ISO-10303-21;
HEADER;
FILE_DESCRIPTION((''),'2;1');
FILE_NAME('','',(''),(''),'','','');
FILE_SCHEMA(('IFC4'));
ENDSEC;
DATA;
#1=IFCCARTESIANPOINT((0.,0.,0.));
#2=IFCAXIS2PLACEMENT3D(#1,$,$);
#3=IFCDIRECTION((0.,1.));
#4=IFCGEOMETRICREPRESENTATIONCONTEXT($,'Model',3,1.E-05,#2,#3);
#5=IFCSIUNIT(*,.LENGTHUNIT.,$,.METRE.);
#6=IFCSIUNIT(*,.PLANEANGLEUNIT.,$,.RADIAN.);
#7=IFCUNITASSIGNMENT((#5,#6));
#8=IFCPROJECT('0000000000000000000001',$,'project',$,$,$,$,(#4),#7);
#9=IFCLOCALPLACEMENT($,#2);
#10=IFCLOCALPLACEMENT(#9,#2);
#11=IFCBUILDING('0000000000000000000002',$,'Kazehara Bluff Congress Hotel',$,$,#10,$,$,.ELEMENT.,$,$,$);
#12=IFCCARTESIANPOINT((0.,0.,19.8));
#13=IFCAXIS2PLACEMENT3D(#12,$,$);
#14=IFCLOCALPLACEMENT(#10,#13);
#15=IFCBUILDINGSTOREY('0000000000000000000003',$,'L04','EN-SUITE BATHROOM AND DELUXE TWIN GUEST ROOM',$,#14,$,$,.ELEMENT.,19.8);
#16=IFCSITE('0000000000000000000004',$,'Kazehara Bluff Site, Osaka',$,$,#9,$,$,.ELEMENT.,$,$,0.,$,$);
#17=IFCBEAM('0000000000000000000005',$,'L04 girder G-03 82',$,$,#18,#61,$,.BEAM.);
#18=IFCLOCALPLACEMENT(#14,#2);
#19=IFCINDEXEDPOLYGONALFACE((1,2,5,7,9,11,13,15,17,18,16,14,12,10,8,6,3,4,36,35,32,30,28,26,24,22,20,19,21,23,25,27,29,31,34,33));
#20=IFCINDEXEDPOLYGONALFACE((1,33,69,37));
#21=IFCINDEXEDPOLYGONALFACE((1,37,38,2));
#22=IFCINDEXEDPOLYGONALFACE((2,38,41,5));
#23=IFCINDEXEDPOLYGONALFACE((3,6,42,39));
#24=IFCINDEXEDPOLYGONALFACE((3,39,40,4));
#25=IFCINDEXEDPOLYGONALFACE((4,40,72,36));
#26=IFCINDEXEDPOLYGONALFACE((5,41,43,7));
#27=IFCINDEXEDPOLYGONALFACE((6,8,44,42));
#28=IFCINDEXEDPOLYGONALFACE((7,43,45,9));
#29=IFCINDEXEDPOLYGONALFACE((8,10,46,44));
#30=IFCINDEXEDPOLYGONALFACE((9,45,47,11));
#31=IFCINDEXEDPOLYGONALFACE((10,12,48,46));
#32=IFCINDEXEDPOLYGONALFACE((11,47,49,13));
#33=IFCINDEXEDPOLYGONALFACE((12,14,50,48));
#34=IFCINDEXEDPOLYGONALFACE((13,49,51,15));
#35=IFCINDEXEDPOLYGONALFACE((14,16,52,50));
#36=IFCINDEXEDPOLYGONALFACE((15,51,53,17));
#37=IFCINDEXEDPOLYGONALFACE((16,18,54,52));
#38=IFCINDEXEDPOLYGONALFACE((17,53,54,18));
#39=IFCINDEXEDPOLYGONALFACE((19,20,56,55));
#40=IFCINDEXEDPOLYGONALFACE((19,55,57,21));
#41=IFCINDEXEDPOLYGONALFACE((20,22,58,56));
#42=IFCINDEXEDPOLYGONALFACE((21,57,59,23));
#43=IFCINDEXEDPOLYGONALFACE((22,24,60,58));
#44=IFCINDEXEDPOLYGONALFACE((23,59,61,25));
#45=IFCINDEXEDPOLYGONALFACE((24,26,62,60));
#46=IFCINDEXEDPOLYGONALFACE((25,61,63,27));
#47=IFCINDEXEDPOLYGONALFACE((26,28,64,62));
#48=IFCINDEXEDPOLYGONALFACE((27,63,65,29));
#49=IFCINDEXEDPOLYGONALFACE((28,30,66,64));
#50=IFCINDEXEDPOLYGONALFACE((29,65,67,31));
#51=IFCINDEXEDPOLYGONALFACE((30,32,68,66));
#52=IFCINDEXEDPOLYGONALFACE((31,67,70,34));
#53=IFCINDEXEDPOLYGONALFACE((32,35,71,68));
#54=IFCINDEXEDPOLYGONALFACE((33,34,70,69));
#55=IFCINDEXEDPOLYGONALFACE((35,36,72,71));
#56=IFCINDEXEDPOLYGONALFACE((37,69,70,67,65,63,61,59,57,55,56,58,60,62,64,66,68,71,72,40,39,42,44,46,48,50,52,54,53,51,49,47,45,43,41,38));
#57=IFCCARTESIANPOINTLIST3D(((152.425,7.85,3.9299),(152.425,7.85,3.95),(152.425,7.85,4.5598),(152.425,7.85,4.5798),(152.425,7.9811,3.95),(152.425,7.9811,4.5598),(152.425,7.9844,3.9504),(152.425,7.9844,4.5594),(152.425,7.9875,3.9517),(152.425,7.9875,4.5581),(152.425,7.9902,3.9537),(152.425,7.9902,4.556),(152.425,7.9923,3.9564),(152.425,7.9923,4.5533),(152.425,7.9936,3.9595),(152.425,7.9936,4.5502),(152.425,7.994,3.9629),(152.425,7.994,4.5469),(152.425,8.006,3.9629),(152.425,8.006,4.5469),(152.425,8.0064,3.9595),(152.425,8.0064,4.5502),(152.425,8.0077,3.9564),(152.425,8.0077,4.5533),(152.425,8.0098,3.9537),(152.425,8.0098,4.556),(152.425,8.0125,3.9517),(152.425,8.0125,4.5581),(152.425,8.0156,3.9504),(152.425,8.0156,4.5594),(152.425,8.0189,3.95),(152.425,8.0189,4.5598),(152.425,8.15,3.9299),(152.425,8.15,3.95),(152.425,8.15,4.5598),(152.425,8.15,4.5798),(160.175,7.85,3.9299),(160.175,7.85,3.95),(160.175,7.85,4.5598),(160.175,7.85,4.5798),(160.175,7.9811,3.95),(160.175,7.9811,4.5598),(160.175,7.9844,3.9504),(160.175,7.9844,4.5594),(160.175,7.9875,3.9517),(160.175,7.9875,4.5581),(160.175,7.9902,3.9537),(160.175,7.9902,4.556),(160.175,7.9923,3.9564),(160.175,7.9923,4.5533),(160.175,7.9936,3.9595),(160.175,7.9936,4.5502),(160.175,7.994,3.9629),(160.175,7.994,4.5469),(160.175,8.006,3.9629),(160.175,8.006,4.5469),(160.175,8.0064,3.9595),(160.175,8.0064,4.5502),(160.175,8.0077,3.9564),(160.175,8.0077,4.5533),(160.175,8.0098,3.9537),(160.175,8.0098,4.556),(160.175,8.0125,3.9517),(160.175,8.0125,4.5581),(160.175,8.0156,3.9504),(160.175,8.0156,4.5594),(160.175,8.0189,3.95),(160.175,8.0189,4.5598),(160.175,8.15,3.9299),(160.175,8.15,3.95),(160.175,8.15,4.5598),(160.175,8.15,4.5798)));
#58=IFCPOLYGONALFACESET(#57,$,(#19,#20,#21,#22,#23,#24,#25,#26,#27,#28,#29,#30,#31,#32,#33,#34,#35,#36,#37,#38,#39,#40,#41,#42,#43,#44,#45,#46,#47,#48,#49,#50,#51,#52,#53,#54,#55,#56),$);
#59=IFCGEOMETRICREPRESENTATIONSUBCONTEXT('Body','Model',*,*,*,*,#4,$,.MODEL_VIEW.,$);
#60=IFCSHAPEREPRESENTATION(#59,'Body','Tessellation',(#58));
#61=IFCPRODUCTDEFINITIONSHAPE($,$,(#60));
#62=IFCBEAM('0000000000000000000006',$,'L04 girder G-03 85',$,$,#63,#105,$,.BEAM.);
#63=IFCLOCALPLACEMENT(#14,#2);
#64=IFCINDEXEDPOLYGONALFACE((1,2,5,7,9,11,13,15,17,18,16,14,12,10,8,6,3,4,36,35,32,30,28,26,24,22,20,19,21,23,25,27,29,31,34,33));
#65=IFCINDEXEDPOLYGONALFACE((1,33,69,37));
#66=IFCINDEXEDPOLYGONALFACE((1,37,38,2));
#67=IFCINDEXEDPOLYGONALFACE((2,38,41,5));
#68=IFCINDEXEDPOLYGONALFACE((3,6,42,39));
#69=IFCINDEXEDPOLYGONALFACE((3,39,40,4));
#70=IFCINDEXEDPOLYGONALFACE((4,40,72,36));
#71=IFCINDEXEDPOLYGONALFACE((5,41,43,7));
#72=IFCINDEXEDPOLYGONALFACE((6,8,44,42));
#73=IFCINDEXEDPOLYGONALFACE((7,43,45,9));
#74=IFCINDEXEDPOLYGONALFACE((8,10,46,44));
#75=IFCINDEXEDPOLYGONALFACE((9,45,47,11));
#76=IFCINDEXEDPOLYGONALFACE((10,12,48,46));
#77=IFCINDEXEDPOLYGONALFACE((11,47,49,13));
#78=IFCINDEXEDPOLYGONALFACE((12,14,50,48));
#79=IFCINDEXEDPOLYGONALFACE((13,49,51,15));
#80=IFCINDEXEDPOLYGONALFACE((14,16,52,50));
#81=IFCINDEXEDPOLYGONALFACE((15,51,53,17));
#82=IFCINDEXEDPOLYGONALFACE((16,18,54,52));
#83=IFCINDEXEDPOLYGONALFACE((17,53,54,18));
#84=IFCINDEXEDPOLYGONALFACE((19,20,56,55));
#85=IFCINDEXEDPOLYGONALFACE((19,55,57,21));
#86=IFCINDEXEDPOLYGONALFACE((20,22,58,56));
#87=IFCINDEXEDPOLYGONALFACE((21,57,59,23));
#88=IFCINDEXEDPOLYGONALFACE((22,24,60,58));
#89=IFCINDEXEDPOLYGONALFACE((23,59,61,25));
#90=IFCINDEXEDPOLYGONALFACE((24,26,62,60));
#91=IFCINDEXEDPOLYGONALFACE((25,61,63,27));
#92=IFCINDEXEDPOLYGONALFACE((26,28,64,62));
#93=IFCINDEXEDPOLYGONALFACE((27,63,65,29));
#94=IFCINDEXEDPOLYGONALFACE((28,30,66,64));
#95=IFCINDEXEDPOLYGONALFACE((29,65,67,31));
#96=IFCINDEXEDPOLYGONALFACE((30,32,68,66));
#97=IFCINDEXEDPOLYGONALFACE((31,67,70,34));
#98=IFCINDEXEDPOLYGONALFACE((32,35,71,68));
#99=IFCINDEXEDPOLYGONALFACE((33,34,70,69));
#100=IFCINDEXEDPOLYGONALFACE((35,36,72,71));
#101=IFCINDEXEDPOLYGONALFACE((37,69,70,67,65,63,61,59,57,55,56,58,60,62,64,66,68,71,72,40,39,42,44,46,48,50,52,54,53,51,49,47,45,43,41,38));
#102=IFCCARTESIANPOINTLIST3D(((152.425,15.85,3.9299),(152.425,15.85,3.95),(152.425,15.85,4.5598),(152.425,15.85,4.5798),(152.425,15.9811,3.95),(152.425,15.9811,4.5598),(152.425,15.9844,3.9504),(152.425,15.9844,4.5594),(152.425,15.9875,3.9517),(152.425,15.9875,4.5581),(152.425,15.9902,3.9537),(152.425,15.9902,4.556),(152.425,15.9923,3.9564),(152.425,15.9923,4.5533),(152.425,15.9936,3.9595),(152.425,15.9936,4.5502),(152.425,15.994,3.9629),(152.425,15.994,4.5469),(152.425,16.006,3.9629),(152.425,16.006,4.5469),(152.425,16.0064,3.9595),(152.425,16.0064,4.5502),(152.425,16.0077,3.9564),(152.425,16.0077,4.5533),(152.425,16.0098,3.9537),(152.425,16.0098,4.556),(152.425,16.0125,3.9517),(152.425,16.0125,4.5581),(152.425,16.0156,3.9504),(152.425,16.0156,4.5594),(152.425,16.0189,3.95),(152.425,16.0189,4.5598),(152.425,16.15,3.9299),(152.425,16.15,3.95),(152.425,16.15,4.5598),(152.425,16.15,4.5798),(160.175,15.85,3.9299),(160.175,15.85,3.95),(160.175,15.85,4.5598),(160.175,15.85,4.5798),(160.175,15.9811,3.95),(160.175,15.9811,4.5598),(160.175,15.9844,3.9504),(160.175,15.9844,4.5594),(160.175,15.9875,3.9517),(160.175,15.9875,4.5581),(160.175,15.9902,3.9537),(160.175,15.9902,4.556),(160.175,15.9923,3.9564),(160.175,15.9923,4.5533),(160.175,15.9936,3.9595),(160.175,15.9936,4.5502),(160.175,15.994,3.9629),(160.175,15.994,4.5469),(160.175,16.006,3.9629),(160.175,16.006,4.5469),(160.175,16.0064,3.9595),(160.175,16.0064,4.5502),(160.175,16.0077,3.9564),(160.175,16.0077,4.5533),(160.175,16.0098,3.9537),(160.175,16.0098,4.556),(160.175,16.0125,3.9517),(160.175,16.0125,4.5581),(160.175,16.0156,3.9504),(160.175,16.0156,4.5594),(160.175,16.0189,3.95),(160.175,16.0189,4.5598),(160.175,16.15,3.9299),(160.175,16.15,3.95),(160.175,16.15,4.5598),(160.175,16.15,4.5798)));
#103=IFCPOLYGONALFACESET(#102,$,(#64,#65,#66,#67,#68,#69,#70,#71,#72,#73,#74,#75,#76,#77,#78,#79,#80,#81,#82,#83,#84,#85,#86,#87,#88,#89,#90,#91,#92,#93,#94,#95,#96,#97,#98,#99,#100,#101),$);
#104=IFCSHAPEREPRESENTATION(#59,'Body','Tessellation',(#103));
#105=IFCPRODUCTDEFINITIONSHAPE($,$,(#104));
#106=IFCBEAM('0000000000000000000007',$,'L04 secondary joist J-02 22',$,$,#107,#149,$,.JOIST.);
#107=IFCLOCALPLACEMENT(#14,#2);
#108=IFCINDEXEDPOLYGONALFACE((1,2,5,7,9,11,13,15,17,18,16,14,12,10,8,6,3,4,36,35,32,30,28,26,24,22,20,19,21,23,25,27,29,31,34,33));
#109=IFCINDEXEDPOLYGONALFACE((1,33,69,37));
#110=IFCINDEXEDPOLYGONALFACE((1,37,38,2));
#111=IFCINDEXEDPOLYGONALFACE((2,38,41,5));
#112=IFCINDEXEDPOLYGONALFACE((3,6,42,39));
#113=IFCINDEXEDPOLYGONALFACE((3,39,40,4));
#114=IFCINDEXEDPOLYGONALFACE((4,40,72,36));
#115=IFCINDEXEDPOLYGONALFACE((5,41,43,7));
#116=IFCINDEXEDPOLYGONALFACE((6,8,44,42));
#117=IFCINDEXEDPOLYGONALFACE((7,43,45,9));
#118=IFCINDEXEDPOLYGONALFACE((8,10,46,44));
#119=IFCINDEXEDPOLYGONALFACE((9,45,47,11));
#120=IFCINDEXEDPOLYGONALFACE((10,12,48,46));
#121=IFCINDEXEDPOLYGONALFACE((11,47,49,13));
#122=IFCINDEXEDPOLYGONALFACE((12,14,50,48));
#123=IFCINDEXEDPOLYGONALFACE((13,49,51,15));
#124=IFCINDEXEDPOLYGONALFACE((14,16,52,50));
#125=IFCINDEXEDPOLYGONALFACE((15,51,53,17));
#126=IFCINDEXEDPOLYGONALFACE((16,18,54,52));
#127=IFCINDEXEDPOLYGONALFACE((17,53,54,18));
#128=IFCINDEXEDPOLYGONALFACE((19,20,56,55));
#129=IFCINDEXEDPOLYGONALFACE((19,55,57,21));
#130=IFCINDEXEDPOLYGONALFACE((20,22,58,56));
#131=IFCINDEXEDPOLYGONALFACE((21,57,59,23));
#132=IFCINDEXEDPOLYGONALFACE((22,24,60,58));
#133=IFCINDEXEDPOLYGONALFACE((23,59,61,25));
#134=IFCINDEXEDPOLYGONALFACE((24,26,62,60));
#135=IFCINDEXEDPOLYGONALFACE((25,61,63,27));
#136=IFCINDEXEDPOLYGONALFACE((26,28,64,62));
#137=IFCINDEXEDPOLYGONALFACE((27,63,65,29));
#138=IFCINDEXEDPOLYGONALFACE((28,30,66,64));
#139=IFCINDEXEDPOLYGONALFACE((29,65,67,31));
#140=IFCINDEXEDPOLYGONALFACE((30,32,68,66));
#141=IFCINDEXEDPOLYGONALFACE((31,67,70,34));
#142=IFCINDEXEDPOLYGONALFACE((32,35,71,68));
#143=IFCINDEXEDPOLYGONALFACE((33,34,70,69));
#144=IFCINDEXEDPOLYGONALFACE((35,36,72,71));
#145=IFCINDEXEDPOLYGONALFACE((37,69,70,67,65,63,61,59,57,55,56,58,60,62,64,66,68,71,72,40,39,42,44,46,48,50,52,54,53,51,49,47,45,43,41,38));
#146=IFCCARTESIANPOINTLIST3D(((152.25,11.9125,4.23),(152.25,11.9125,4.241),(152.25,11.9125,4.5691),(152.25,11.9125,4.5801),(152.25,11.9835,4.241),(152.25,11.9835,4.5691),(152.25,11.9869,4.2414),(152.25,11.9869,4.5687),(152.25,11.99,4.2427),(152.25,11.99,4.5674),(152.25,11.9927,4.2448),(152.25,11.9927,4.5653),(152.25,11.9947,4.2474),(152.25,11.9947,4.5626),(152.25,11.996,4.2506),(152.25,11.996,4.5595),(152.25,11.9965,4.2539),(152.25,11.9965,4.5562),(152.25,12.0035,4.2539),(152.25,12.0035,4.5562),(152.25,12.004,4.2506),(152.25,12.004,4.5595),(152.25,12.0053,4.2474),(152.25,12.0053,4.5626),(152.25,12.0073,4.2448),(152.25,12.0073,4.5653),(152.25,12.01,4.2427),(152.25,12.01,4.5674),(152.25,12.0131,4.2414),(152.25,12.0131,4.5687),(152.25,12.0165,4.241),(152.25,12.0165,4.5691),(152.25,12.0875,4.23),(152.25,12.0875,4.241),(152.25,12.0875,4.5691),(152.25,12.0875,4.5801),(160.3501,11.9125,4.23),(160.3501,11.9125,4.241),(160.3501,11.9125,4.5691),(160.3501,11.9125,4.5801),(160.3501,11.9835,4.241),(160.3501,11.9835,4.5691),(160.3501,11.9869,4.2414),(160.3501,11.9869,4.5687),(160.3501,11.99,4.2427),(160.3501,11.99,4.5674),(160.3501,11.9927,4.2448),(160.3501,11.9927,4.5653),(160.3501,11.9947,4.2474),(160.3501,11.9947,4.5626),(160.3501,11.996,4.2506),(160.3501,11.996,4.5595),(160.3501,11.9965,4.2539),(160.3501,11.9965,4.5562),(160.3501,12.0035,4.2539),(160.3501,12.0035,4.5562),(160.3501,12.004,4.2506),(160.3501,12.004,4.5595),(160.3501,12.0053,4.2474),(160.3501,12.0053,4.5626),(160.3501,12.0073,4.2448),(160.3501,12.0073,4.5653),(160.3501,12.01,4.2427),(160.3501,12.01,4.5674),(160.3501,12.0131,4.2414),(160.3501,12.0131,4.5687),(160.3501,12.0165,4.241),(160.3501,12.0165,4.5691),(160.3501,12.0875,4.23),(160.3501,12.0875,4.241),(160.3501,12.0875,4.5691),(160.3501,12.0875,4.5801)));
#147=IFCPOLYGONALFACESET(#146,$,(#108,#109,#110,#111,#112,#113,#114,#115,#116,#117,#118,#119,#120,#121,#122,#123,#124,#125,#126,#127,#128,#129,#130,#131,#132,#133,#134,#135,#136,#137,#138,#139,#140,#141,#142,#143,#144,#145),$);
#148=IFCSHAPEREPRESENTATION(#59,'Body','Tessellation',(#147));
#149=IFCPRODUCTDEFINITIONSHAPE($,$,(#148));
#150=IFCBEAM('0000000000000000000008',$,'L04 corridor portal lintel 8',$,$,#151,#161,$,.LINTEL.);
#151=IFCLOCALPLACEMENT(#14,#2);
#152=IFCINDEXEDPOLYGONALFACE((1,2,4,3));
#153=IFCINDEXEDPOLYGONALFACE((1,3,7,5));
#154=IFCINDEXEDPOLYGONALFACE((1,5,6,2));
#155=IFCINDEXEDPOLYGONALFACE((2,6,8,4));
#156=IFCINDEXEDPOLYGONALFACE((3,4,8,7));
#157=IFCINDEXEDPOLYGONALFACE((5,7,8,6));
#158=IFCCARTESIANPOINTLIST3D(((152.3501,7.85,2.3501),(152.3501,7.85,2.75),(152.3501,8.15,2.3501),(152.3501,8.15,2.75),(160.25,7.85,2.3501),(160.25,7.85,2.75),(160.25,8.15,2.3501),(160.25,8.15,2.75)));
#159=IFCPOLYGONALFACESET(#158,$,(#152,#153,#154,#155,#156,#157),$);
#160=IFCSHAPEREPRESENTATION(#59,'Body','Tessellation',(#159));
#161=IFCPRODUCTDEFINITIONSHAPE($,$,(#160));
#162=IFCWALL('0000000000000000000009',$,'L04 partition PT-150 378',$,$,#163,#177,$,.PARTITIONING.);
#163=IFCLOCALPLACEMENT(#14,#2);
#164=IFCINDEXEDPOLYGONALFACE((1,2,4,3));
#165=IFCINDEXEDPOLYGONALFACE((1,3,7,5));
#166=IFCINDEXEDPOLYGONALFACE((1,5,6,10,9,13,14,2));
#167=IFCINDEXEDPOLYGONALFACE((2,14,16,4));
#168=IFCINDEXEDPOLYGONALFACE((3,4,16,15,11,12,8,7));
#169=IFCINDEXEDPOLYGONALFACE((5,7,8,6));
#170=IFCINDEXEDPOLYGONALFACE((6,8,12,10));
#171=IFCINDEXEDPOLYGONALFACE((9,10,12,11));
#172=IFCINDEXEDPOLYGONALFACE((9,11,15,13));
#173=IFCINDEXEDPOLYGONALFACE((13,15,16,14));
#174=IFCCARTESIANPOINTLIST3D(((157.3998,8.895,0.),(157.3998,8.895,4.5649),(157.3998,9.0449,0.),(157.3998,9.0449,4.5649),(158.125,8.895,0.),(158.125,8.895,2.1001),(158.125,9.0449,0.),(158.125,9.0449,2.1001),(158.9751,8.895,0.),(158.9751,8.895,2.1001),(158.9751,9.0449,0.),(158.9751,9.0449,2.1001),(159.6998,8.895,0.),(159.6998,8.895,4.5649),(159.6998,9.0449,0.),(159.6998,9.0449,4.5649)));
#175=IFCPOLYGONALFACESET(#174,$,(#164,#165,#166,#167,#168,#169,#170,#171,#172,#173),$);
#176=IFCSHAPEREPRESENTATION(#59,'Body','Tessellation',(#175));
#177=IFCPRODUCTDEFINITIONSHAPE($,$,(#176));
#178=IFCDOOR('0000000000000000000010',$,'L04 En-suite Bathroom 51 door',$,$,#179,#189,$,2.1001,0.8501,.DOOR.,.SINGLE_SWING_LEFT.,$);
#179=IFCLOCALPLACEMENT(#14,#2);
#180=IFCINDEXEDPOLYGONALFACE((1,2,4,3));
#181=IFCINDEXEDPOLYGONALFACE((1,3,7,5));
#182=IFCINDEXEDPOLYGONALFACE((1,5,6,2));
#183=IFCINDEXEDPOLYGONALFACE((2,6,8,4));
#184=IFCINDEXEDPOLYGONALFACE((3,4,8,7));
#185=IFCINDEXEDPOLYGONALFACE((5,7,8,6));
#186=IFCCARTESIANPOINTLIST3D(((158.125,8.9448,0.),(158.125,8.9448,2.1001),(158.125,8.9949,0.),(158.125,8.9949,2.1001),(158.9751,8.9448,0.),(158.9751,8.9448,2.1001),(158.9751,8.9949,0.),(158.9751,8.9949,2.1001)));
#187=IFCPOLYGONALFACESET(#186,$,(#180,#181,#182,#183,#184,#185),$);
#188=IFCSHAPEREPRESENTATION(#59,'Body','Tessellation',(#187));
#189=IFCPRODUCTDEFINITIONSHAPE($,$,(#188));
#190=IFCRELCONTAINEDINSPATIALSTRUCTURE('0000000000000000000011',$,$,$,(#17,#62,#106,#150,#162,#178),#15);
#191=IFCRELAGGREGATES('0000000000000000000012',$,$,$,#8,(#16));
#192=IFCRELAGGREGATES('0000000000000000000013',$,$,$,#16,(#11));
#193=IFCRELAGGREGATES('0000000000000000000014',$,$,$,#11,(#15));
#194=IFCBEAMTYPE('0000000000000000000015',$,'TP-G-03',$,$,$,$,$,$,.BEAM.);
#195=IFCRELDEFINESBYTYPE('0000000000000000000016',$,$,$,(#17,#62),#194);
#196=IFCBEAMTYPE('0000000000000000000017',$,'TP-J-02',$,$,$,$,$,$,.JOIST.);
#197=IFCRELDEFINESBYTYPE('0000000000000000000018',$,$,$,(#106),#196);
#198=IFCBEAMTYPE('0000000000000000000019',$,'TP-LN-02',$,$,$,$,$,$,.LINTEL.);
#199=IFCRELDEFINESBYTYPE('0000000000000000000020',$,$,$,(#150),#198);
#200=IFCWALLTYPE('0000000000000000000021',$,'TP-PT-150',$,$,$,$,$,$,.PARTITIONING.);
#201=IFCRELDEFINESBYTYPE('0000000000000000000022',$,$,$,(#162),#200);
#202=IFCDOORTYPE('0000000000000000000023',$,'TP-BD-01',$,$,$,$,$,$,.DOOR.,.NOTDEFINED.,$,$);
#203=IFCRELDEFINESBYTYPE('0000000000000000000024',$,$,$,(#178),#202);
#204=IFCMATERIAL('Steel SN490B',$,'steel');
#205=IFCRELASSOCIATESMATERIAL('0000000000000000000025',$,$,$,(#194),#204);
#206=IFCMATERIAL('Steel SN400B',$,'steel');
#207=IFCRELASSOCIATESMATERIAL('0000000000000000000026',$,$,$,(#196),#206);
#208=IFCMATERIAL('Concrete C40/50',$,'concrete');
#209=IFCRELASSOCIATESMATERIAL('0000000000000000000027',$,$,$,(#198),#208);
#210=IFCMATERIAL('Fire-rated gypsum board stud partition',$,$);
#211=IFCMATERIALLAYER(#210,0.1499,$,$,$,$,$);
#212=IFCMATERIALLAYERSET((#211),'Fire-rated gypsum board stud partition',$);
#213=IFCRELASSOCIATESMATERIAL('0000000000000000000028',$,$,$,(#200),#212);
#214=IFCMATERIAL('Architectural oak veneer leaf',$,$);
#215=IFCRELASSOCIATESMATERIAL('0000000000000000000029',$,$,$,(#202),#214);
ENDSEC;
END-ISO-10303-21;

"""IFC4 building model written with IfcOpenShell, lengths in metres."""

from ifc_helpers import new_model, si_unit, direction, frame, frame_2d, origin, origin_2d, place, context, subcontext, project, spatial, rectangle, i_section, extrude, material, layer, layer_set, material_profile, profile_set, type_object, element, fill, save


model = new_model("IFC4")

# Units and contexts
model_context = context("Model", 3, precision=1e-05, world=origin(), true_north=direction((0.0, 1.0)))
body_context = subcontext(model_context, "Body", "Model", "MODEL_VIEW")
ifc_project = project(units=[si_unit("LENGTHUNIT", "METRE"), si_unit("PLANEANGLEUNIT", "RADIAN")], contexts=[model_context])

# Site, building, storey
site_placement = place(None, origin())
site = spatial("IfcSite", under=ifc_project, at=site_placement, Name="Kazehara Bluff Site, Osaka", CompositionType="ELEMENT", RefElevation=0.0)
building_placement = place(site_placement, origin())
building = spatial("IfcBuilding", under=site, at=building_placement, Name="Kazehara Bluff Congress Hotel", CompositionType="ELEMENT")
storey_placement = place(building_placement, frame((0.0, 0.0, 19.8)))
storey = spatial("IfcBuildingStorey", under=building, at=storey_placement, Name="L04", Description="EN-SUITE BATHROOM AND DELUXE TWIN GUEST ROOM", CompositionType="ELEMENT", Elevation=19.8)

# Beams
ifc_material_1 = material(Name="Steel SN490B", Category="steel")
ifc_material_profile_1 = material_profile(ifc_material_1, i_section(OverallWidth=0.3, OverallDepth=0.6499, WebThickness=0.012, FlangeThickness=0.02, FilletRadius=0.0129, at=origin_2d()))
ifc_profile_set_1 = profile_set([ifc_material_profile_1], Name="Steel SN490B")
beam_type_1 = type_object("IfcBeamType", Name="TP-G-03", PredefinedType="BEAM", material=ifc_profile_set_1)
for number, where, z_axis, x_axis, name in (
    (1, (152.425, 8.0, 4.2549), (1.0, 0.0, 0.0), (0.0, 1.0, 0.0), "L04 girder G-03 82"),
    (2, (152.425, 16.0, 4.2549), (1.0, 0.0, 0.0), (0.0, 1.0, 0.0), "L04 girder G-03 85"),
):
    element("IfcBeam", number, at=place(storey_placement, frame(where, z_axis=z_axis, x_axis=x_axis)), inside=storey, type_object=beam_type_1, Name=name, PredefinedType="BEAM", context=body_context, shape_type="SweptSolid", body=[
        extrude(i_section(OverallWidth=0.3, OverallDepth=0.6499, WebThickness=0.012, FlangeThickness=0.02, FilletRadius=0.0129, at=origin_2d()), origin(), (0.0, 0.0, 1.0), 7.75),
    ])
ifc_material_2 = material(Name="Steel SN400B", Category="steel")
ifc_material_profile_2 = material_profile(ifc_material_2, i_section(OverallWidth=0.175, OverallDepth=0.3501, WebThickness=0.0071, FlangeThickness=0.011, FilletRadius=0.0129, at=origin_2d()))
ifc_profile_set_2 = profile_set([ifc_material_profile_2], Name="Steel SN400B")
beam_type_2 = type_object("IfcBeamType", Name="TP-J-02", PredefinedType="JOIST", material=ifc_profile_set_2)
beam_1_placement = place(storey_placement, frame((152.25, 12.0, 4.405), z_axis=(1.0, 0.0, 0.0), x_axis=(0.0, 1.0, 0.0)))
element("IfcBeam", 3, at=beam_1_placement, inside=storey, type_object=beam_type_2, Name="L04 secondary joist J-02 22", PredefinedType="JOIST", context=body_context, shape_type="SweptSolid", body=[
    extrude(i_section(OverallWidth=0.175, OverallDepth=0.3501, WebThickness=0.0071, FlangeThickness=0.011, FilletRadius=0.0129, at=origin_2d()), origin(), (0.0, 0.0, 1.0), 8.1001),
])
ifc_material_3 = material(Name="Concrete C40/50", Category="concrete")
ifc_material_profile_3 = material_profile(ifc_material_3, rectangle(XDim=0.3, YDim=0.3999, at=origin_2d()))
ifc_profile_set_3 = profile_set([ifc_material_profile_3], Name="Concrete C40/50")
beam_type_3 = type_object("IfcBeamType", Name="TP-LN-02", PredefinedType="LINTEL", material=ifc_profile_set_3)
beam_2_placement = place(storey_placement, frame((152.3501, 8.0, 2.55), z_axis=(1.0, 0.0, 0.0), x_axis=(0.0, 1.0, 0.0)))
element("IfcBeam", 4, at=beam_2_placement, inside=storey, type_object=beam_type_3, Name="L04 corridor portal lintel 8", PredefinedType="LINTEL", context=body_context, shape_type="SweptSolid", body=[
    extrude(rectangle(XDim=0.3, YDim=0.3999, at=origin_2d()), origin(), (0.0, 0.0, 1.0), 7.8999),
])

# Wall, opening, door
ifc_material_4 = material(Name="Fire-rated gypsum board stud partition")
ifc_layer = layer(ifc_material_4, 0.1499)
ifc_layer_set = layer_set([ifc_layer], Name="Fire-rated gypsum board stud partition")
wall_type = type_object("IfcWallType", Name="TP-PT-150", PredefinedType="PARTITIONING", material=ifc_layer_set)
wall_1_placement = place(storey_placement, frame((157.3999, 8.97, 0.0), z_axis=(0.0, 0.0, 1.0), x_axis=(1.0, 0.0, 0.0)))
wall_1 = element("IfcWall", 5, at=wall_1_placement, inside=storey, type_object=wall_type, Name="L04 partition PT-150 378", PredefinedType="PARTITIONING", context=body_context, shape_type="SweptSolid", body=[
    extrude(rectangle(XDim=2.3, YDim=0.1499, at=frame_2d((1.1499, 0.0))), origin(), (0.0, 0.0, 1.0), 4.5649),
])
opening_1_placement = place(wall_1_placement, frame((0.7251, 0.0, 0.0)))
opening_1 = element("IfcOpeningElement", 6, at=opening_1_placement, cuts=wall_1, PredefinedType="OPENING", context=body_context, shape_type="SweptSolid", body=[
    extrude(rectangle(XDim=0.8501, YDim=2.1001, at=frame_2d((0.425, 1.05))), frame((0.0, 0.085, 0.0), z_axis=(0.0, -1.0, 0.0), x_axis=(1.0, 0.0, 0.0)), (0.0, 0.0, 1.0), 0.1699),
])
ifc_material_5 = material(Name="Architectural oak veneer leaf")
door_type = type_object("IfcDoorType", Name="TP-BD-01", OperationType="NOTDEFINED", PredefinedType="DOOR", material=ifc_material_5)
door_1_placement = place(opening_1_placement, origin())
door_1 = element("IfcDoor", 7, at=door_1_placement, inside=storey, type_object=door_type, Name="L04 En-suite Bathroom 51 door", OperationType="SINGLE_SWING_LEFT", OverallHeight=2.1001, OverallWidth=0.8501, PredefinedType="DOOR", context=body_context, shape_type="SweptSolid", body=[
    extrude(rectangle(XDim=0.8501, YDim=2.1001, at=frame_2d((0.425, 1.05))), frame((0.0, 0.0249, 0.0), z_axis=(0.0, -1.0, 0.0), x_axis=(1.0, 0.0, 0.0)), (0.0, 0.0, 1.0), 0.05),
])
fill(opening_1, door_1)

save(model, "model.ifc")
